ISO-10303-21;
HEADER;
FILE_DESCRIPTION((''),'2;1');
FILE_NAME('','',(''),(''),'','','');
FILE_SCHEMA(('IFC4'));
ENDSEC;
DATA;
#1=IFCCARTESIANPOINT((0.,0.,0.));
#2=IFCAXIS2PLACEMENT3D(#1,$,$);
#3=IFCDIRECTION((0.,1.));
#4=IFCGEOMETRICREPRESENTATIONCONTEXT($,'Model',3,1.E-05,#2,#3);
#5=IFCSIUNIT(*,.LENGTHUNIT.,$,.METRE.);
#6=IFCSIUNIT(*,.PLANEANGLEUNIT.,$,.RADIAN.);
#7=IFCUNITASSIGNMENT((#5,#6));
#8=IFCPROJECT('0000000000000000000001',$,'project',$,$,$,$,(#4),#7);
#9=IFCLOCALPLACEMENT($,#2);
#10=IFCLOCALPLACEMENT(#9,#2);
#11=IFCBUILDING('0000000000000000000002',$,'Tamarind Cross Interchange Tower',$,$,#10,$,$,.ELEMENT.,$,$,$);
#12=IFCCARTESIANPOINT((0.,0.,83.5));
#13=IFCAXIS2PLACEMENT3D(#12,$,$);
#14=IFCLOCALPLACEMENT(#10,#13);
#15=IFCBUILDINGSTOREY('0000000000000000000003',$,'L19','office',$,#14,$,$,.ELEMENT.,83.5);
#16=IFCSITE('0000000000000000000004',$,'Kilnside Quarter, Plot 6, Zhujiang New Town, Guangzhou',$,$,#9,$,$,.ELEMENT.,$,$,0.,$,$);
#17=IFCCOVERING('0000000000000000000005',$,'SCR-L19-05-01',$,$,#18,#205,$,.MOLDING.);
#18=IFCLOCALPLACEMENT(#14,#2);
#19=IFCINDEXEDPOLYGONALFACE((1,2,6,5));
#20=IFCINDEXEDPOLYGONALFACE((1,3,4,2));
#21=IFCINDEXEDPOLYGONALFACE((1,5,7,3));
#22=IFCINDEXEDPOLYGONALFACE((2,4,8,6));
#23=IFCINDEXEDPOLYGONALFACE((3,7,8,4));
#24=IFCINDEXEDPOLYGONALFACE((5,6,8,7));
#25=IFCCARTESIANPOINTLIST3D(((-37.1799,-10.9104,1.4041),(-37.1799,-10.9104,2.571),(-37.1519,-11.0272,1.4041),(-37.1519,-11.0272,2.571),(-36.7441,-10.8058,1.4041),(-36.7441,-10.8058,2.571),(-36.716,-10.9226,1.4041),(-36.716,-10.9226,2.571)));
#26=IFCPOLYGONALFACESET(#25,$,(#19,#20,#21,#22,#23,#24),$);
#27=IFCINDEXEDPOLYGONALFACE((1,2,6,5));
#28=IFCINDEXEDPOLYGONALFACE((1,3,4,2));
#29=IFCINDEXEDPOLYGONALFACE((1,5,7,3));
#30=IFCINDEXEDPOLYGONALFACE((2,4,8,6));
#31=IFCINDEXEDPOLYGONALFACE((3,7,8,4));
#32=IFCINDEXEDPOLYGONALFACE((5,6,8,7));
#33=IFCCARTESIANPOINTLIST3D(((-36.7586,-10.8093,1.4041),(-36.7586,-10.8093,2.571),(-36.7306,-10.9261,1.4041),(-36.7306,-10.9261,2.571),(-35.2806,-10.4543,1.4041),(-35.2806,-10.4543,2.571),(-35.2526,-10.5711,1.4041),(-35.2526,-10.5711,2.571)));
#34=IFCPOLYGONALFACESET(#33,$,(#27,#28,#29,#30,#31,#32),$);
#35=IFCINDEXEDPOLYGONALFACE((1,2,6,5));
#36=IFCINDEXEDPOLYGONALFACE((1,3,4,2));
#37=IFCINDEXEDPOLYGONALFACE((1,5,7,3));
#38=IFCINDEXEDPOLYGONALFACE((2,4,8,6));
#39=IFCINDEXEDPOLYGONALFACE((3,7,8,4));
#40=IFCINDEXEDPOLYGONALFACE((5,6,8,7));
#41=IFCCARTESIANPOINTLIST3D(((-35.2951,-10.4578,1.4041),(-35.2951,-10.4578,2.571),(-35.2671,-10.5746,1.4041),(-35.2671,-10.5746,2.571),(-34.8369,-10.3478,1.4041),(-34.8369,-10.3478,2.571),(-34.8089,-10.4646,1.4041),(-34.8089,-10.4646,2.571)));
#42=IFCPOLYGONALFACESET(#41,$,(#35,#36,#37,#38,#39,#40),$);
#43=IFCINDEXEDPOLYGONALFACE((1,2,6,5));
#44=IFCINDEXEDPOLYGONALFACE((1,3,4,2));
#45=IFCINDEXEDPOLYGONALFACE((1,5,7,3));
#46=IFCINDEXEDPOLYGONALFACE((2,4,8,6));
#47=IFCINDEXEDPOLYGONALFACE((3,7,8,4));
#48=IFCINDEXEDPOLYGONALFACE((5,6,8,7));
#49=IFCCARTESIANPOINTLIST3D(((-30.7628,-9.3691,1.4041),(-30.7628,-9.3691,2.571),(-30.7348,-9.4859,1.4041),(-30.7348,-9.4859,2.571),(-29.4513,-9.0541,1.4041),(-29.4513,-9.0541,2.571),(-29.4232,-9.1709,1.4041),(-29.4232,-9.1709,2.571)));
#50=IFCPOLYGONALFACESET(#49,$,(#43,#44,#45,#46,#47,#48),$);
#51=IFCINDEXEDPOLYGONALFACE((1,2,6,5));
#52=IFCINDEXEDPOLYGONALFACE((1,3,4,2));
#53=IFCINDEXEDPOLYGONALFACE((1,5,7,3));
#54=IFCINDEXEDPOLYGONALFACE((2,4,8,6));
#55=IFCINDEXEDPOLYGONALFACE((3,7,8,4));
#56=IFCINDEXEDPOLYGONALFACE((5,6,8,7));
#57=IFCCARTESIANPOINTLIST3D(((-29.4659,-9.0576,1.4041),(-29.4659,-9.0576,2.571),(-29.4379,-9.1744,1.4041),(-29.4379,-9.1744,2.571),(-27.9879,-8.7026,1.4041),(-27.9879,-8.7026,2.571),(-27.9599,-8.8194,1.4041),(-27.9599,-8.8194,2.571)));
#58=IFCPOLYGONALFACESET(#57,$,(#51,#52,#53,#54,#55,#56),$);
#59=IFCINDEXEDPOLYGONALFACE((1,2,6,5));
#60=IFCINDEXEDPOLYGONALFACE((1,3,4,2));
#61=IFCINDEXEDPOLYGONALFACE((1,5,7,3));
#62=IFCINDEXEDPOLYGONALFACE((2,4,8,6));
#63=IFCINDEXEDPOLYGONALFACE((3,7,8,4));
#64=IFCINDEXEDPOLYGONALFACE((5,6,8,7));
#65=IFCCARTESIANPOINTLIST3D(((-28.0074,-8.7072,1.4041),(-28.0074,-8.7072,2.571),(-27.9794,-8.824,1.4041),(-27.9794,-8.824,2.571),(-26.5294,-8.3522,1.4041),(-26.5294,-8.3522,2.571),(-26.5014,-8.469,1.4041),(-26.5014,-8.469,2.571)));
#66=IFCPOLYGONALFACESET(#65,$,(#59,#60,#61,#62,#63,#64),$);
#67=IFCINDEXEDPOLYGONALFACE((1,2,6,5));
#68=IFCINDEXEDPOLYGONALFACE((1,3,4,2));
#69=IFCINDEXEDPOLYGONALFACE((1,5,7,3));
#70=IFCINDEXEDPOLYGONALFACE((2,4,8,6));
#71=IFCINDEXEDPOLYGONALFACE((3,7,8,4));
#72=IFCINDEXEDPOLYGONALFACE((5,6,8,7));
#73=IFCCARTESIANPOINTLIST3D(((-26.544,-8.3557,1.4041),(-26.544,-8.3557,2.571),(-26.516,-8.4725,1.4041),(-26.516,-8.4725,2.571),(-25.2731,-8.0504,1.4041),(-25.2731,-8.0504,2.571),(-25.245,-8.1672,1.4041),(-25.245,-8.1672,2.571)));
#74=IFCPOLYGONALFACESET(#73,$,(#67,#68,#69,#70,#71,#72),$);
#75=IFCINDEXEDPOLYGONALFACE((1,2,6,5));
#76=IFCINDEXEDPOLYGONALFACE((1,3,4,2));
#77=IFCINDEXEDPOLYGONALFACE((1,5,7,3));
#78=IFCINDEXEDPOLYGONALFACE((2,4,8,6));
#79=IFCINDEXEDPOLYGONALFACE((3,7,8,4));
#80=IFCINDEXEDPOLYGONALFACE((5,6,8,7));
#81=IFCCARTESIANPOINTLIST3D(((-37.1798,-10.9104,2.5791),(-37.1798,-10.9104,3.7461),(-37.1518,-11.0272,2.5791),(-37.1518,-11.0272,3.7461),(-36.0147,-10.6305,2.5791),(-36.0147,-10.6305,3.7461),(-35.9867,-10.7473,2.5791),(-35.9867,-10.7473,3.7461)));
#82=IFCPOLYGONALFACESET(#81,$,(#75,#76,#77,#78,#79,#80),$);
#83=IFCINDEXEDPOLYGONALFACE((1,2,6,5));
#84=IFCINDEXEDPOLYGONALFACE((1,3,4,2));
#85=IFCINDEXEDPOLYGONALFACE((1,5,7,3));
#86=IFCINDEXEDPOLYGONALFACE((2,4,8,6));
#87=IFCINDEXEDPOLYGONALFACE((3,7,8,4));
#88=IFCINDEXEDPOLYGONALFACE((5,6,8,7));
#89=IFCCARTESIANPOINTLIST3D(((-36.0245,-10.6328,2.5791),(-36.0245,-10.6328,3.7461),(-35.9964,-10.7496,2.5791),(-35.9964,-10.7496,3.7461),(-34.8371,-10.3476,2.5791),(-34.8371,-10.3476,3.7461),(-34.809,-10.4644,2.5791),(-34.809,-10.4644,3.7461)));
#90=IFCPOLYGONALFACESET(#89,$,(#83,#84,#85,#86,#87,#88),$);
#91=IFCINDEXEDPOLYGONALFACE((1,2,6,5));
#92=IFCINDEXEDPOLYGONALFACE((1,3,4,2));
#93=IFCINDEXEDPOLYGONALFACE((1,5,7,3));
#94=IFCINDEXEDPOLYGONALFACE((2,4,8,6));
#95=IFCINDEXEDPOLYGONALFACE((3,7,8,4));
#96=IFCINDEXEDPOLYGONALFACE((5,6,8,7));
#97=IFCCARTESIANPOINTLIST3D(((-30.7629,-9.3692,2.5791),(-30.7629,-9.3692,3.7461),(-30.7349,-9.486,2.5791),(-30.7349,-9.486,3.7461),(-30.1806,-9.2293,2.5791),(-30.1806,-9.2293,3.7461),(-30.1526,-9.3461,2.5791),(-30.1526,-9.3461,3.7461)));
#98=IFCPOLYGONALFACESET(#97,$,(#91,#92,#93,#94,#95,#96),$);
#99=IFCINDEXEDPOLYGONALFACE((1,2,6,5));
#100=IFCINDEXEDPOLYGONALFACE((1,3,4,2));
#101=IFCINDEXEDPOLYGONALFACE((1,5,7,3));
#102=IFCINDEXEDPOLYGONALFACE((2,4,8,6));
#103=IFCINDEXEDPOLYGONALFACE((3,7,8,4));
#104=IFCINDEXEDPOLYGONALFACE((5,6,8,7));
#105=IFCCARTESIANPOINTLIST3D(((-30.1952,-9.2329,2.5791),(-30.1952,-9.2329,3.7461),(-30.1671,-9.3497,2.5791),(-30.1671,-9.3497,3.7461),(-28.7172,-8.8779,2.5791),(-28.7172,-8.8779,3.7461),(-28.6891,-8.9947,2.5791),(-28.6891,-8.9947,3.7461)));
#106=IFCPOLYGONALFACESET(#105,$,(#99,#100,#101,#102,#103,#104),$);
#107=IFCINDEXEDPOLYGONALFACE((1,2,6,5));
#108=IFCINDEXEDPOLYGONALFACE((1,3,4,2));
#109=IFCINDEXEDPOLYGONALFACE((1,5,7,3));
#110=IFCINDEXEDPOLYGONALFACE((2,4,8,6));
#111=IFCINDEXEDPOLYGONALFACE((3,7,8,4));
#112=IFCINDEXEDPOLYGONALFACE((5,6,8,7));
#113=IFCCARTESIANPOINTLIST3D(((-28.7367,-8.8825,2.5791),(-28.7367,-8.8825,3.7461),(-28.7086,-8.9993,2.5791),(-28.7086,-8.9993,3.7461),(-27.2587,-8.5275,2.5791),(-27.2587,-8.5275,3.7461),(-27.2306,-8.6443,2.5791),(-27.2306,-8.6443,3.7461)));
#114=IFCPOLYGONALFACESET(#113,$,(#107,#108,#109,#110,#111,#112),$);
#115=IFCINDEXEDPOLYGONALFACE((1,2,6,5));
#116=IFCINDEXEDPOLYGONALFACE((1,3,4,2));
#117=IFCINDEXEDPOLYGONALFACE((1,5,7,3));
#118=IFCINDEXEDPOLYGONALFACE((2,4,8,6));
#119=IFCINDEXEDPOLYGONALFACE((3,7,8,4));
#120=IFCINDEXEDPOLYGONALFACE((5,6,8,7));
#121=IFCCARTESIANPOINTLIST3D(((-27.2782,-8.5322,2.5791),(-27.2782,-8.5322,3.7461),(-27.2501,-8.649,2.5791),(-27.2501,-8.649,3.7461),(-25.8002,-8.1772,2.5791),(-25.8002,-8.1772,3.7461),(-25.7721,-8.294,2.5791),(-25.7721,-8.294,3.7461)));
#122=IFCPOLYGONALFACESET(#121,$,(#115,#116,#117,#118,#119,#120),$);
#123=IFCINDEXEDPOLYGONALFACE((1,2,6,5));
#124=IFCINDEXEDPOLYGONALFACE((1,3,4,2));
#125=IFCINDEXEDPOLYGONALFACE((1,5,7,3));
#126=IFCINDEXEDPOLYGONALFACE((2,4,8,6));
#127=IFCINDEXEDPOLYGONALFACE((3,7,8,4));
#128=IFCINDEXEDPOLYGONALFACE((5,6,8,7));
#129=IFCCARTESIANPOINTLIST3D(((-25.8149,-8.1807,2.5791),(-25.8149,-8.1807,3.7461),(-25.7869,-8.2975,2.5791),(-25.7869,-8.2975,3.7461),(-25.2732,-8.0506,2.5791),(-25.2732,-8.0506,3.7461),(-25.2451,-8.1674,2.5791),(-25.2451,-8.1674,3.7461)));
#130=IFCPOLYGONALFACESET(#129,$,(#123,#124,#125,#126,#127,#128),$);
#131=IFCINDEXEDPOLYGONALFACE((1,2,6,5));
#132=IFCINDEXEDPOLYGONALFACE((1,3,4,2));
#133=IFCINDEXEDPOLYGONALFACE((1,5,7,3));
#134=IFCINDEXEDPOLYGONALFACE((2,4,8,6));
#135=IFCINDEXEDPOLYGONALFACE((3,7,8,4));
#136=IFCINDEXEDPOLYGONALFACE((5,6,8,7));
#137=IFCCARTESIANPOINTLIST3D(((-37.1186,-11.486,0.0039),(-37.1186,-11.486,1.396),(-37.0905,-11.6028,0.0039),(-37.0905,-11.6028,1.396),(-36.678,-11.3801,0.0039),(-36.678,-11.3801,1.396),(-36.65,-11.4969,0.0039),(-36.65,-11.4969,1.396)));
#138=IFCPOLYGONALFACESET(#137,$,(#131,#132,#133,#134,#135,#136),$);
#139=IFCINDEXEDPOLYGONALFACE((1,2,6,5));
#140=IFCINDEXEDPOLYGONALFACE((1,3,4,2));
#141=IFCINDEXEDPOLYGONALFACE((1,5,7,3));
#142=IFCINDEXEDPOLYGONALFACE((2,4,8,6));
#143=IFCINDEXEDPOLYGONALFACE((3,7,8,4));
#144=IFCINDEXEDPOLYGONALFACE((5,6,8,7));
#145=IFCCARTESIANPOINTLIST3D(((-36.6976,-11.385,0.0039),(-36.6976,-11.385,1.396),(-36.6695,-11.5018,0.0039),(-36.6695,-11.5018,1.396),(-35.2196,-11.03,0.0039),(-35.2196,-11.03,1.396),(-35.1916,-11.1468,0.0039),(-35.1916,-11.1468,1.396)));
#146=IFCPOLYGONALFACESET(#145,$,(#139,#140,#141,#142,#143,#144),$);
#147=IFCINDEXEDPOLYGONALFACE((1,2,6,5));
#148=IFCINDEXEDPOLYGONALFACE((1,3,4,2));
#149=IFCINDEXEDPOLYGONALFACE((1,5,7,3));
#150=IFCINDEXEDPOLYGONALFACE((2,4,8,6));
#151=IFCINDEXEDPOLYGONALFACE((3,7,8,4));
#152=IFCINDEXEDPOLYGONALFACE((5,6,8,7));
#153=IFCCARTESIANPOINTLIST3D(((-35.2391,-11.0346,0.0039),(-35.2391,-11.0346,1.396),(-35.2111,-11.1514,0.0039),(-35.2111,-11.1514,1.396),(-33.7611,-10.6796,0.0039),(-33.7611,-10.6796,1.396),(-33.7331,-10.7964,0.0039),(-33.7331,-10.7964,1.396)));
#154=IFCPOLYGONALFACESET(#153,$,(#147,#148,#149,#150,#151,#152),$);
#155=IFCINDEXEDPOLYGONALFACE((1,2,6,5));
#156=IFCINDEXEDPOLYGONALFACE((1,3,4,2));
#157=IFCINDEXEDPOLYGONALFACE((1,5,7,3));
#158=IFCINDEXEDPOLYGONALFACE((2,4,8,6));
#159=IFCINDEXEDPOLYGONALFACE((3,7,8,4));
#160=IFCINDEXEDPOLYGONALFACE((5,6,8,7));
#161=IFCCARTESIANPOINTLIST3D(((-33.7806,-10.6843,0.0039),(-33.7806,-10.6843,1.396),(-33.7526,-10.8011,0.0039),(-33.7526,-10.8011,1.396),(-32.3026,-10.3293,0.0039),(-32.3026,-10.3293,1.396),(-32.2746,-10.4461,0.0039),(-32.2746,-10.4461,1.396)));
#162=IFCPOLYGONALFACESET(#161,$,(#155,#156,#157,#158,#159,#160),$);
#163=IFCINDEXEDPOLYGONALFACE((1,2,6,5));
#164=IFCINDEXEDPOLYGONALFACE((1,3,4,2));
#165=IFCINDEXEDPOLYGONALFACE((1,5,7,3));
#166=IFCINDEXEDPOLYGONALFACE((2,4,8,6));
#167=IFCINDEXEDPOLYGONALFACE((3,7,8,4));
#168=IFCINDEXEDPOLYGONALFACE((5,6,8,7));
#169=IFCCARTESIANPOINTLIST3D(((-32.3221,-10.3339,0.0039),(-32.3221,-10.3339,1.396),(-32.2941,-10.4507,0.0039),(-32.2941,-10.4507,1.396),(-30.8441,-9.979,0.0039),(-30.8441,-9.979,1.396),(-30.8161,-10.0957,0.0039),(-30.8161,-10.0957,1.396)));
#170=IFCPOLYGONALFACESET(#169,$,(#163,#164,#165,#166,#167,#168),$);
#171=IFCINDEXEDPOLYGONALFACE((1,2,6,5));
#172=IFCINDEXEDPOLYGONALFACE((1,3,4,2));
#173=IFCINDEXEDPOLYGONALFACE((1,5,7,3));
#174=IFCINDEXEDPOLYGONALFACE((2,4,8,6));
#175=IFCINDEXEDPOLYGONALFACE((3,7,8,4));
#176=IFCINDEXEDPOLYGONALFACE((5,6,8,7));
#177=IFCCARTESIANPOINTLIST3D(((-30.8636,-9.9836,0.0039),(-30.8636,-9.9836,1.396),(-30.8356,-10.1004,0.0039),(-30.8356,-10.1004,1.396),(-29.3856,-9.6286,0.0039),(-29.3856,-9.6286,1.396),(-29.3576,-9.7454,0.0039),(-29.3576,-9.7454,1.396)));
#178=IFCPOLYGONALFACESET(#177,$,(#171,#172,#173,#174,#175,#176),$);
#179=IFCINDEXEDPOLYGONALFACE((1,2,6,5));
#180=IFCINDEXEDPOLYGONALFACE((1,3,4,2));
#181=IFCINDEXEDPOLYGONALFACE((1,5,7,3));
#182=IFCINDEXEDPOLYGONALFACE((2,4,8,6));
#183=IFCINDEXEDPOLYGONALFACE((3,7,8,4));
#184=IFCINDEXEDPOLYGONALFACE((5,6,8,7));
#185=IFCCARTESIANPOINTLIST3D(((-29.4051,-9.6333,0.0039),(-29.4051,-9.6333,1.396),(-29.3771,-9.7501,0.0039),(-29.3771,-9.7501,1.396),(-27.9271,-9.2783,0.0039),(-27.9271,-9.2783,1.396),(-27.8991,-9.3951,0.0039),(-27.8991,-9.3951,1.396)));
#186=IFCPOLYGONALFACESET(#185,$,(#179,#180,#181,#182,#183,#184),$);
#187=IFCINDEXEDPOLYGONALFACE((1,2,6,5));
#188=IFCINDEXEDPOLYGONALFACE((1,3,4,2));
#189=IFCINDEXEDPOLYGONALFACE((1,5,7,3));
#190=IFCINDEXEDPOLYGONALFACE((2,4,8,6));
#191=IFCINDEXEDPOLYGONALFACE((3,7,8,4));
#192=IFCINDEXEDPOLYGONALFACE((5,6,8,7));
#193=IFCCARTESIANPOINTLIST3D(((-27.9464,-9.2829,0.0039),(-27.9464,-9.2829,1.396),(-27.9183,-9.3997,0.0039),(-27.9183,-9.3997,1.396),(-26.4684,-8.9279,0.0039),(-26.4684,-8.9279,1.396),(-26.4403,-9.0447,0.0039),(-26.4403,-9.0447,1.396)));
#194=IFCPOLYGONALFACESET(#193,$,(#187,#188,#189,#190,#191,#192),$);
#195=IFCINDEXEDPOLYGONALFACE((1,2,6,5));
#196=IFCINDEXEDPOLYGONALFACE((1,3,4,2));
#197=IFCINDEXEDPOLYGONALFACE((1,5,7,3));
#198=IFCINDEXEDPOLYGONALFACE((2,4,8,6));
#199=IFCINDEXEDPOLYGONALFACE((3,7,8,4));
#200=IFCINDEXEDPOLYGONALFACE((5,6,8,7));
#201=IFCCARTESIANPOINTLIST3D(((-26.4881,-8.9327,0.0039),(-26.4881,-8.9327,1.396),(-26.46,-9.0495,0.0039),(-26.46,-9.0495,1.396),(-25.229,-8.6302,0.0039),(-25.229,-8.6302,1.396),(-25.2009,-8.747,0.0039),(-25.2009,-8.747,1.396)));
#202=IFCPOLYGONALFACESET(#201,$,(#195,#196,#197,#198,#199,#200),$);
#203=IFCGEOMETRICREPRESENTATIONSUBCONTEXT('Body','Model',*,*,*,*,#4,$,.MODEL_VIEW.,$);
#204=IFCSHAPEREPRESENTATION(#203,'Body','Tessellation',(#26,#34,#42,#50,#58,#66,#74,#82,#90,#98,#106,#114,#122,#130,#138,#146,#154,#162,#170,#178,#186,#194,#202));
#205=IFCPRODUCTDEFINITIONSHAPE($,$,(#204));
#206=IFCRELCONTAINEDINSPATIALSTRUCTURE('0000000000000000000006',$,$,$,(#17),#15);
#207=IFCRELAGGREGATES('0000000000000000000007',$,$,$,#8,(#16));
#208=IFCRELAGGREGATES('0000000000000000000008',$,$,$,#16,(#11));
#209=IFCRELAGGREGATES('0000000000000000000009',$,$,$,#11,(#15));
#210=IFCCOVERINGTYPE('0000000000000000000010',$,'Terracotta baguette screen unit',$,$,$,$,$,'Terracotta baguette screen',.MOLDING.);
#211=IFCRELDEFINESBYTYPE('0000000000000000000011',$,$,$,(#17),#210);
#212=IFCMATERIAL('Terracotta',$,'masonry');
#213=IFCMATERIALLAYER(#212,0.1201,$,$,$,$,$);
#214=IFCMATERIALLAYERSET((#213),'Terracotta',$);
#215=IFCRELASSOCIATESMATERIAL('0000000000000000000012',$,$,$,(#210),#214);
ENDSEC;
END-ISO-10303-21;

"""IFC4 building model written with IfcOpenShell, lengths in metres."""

from ifc_helpers import new_model, si_unit, direction, frame, origin, origin_2d, place, context, subcontext, project, spatial, rectangle, extrude, material, layer, layer_set, type_object, element, save


model = new_model("IFC4")

# Units and contexts
model_context = context("Model", 3, precision=1e-05, world=origin(), true_north=direction((0.0, 1.0)))
body_context = subcontext(model_context, "Body", "Model", "MODEL_VIEW")
ifc_project = project(units=[si_unit("LENGTHUNIT", "METRE"), si_unit("PLANEANGLEUNIT", "RADIAN")], contexts=[model_context])

# Site, building, storey
site_placement = place(None, origin())
site = spatial("IfcSite", under=ifc_project, at=site_placement, Name="Kilnside Quarter, Plot 6, Zhujiang New Town, Guangzhou", CompositionType="ELEMENT", RefElevation=0.0)
building_placement = place(site_placement, origin())
building = spatial("IfcBuilding", under=site, at=building_placement, Name="Tamarind Cross Interchange Tower", CompositionType="ELEMENT")
storey_placement = place(building_placement, frame((0.0, 0.0, 83.5)))
storey = spatial("IfcBuildingStorey", under=building, at=storey_placement, Name="L19", Description="office", CompositionType="ELEMENT", Elevation=83.5)

# Covering
ifc_material_1 = material(Name="Terracotta", Category="masonry")
ifc_layer_1 = layer(ifc_material_1, 0.1201)
ifc_layer_set_1 = layer_set([ifc_layer_1], Name="Terracotta")
covering_type = type_object("IfcCoveringType", Name="Terracotta baguette screen unit", ElementType="Terracotta baguette screen", PredefinedType="MOLDING", material=ifc_layer_set_1)
covering_1_placement = place(storey_placement, origin())
element("IfcCovering", 1, at=covering_1_placement, inside=storey, type_object=covering_type, Name="SCR-L19-05-01", PredefinedType="MOLDING", context=body_context, shape_type="SweptSolid", body=[
    extrude(rectangle(XDim=0.4482, YDim=0.1201, at=origin_2d()), frame((-36.948, -10.9165, 1.4041), z_axis=(0.0, 0.0, 1.0), x_axis=(0.972346, 0.233544, 0.0)), (0.0, 0.0, 1.0), 1.167),
    extrude(rectangle(XDim=1.52, YDim=0.1201, at=origin_2d()), frame((-36.0056, -10.6902, 1.4041), z_axis=(0.0, 0.0, 1.0), x_axis=(0.972346, 0.233544, 0.0)), (0.0, 0.0, 1.0), 1.167),
    extrude(rectangle(XDim=0.4712, YDim=0.1201, at=origin_2d()), frame((-35.052, -10.4612, 1.4041), z_axis=(0.0, 0.0, 1.0), x_axis=(0.972346, 0.233544, 0.0)), (0.0, 0.0, 1.0), 1.167),
    extrude(rectangle(XDim=1.3489, YDim=0.1201, at=origin_2d()), frame((-30.093, -9.27, 1.4041), z_axis=(0.0, 0.0, 1.0), x_axis=(0.972346, 0.233544, 0.0)), (0.0, 0.0, 1.0), 1.167),
    extrude(rectangle(XDim=1.52, YDim=0.1201, at=origin_2d()), frame((-28.7129, -8.9385, 1.4041), z_axis=(0.0, 0.0, 1.0), x_axis=(0.972346, 0.233544, 0.0)), (0.0, 0.0, 1.0), 1.167),
    extrude(rectangle(XDim=1.52, YDim=0.1201, at=origin_2d()), frame((-27.2544, -8.5881, 1.4041), z_axis=(0.0, 0.0, 1.0), x_axis=(0.972346, 0.233544, 0.0)), (0.0, 0.0, 1.0), 1.167),
    extrude(rectangle(XDim=1.3071, YDim=0.1201, at=origin_2d()), frame((-25.8945, -8.2615, 1.4041), z_axis=(0.0, 0.0, 1.0), x_axis=(0.972346, 0.233544, 0.0)), (0.0, 0.0, 1.0), 1.167),
    extrude(rectangle(XDim=1.1982, YDim=0.1201, at=origin_2d()), frame((-36.5833, -10.8289, 2.5791), z_axis=(0.0, 0.0, 1.0), x_axis=(0.972346, 0.233544, 0.0)), (0.0, 0.0, 1.0), 1.167),
    extrude(rectangle(XDim=1.2212, YDim=0.1201, at=origin_2d()), frame((-35.4167, -10.5486, 2.5791), z_axis=(0.0, 0.0, 1.0), x_axis=(0.972346, 0.233544, 0.0)), (0.0, 0.0, 1.0), 1.167),
    extrude(rectangle(XDim=0.5989, YDim=0.1201, at=origin_2d()), frame((-30.4578, -9.3577, 2.5791), z_axis=(0.0, 0.0, 1.0), x_axis=(0.972346, 0.233544, 0.0)), (0.0, 0.0, 1.0), 1.167),
    extrude(rectangle(XDim=1.52, YDim=0.1201, at=origin_2d()), frame((-29.4421, -9.1138, 2.5791), z_axis=(0.0, 0.0, 1.0), x_axis=(0.972346, 0.233544, 0.0)), (0.0, 0.0, 1.0), 1.167),
    extrude(rectangle(XDim=1.52, YDim=0.1201, at=origin_2d()), frame((-27.9836, -8.7634, 2.5791), z_axis=(0.0, 0.0, 1.0), x_axis=(0.972346, 0.233544, 0.0)), (0.0, 0.0, 1.0), 1.167),
    extrude(rectangle(XDim=1.52, YDim=0.1201, at=origin_2d()), frame((-26.5251, -8.4131, 2.5791), z_axis=(0.0, 0.0, 1.0), x_axis=(0.972346, 0.233544, 0.0)), (0.0, 0.0, 1.0), 1.167),
    extrude(rectangle(XDim=0.5571, YDim=0.1201, at=origin_2d()), frame((-25.53, -8.1741, 2.5791), z_axis=(0.0, 0.0, 1.0), x_axis=(0.972346, 0.233544, 0.0)), (0.0, 0.0, 1.0), 1.167),
    extrude(rectangle(XDim=0.4531, YDim=0.1201, at=origin_2d()), frame((-36.8843, -11.4915, 0.0039), z_axis=(0.0, 0.0, 1.0), x_axis=(0.972346, 0.233544, 0.0)), (0.0, 0.0, 1.0), 1.3921),
    extrude(rectangle(XDim=1.52, YDim=0.1201, at=origin_2d()), frame((-35.9446, -11.2659, 0.0039), z_axis=(0.0, 0.0, 1.0), x_axis=(0.972346, 0.233544, 0.0)), (0.0, 0.0, 1.0), 1.3921),
    extrude(rectangle(XDim=1.52, YDim=0.1201, at=origin_2d()), frame((-34.4861, -10.9155, 0.0039), z_axis=(0.0, 0.0, 1.0), x_axis=(0.972346, 0.233544, 0.0)), (0.0, 0.0, 1.0), 1.3921),
    extrude(rectangle(XDim=1.52, YDim=0.1201, at=origin_2d()), frame((-33.0276, -10.5652, 0.0039), z_axis=(0.0, 0.0, 1.0), x_axis=(0.972346, 0.233544, 0.0)), (0.0, 0.0, 1.0), 1.3921),
    extrude(rectangle(XDim=1.52, YDim=0.1201, at=origin_2d()), frame((-31.5691, -10.2148, 0.0039), z_axis=(0.0, 0.0, 1.0), x_axis=(0.972346, 0.233544, 0.0)), (0.0, 0.0, 1.0), 1.3921),
    extrude(rectangle(XDim=1.52, YDim=0.1201, at=origin_2d()), frame((-30.1106, -9.8645, 0.0039), z_axis=(0.0, 0.0, 1.0), x_axis=(0.972346, 0.233544, 0.0)), (0.0, 0.0, 1.0), 1.3921),
    extrude(rectangle(XDim=1.52, YDim=0.1201, at=origin_2d()), frame((-28.6521, -9.5142, 0.0039), z_axis=(0.0, 0.0, 1.0), x_axis=(0.972346, 0.233544, 0.0)), (0.0, 0.0, 1.0), 1.3921),
    extrude(rectangle(XDim=1.52, YDim=0.1201, at=origin_2d()), frame((-27.1934, -9.1638, 0.0039), z_axis=(0.0, 0.0, 1.0), x_axis=(0.972346, 0.233544, 0.0)), (0.0, 0.0, 1.0), 1.3921),
    extrude(rectangle(XDim=1.2949, YDim=0.1201, at=origin_2d()), frame((-25.8445, -8.8398, 0.0039), z_axis=(0.0, 0.0, 1.0), x_axis=(0.972346, 0.233544, 0.0)), (0.0, 0.0, 1.0), 1.3921),
])

save(model, "model.ifc")
